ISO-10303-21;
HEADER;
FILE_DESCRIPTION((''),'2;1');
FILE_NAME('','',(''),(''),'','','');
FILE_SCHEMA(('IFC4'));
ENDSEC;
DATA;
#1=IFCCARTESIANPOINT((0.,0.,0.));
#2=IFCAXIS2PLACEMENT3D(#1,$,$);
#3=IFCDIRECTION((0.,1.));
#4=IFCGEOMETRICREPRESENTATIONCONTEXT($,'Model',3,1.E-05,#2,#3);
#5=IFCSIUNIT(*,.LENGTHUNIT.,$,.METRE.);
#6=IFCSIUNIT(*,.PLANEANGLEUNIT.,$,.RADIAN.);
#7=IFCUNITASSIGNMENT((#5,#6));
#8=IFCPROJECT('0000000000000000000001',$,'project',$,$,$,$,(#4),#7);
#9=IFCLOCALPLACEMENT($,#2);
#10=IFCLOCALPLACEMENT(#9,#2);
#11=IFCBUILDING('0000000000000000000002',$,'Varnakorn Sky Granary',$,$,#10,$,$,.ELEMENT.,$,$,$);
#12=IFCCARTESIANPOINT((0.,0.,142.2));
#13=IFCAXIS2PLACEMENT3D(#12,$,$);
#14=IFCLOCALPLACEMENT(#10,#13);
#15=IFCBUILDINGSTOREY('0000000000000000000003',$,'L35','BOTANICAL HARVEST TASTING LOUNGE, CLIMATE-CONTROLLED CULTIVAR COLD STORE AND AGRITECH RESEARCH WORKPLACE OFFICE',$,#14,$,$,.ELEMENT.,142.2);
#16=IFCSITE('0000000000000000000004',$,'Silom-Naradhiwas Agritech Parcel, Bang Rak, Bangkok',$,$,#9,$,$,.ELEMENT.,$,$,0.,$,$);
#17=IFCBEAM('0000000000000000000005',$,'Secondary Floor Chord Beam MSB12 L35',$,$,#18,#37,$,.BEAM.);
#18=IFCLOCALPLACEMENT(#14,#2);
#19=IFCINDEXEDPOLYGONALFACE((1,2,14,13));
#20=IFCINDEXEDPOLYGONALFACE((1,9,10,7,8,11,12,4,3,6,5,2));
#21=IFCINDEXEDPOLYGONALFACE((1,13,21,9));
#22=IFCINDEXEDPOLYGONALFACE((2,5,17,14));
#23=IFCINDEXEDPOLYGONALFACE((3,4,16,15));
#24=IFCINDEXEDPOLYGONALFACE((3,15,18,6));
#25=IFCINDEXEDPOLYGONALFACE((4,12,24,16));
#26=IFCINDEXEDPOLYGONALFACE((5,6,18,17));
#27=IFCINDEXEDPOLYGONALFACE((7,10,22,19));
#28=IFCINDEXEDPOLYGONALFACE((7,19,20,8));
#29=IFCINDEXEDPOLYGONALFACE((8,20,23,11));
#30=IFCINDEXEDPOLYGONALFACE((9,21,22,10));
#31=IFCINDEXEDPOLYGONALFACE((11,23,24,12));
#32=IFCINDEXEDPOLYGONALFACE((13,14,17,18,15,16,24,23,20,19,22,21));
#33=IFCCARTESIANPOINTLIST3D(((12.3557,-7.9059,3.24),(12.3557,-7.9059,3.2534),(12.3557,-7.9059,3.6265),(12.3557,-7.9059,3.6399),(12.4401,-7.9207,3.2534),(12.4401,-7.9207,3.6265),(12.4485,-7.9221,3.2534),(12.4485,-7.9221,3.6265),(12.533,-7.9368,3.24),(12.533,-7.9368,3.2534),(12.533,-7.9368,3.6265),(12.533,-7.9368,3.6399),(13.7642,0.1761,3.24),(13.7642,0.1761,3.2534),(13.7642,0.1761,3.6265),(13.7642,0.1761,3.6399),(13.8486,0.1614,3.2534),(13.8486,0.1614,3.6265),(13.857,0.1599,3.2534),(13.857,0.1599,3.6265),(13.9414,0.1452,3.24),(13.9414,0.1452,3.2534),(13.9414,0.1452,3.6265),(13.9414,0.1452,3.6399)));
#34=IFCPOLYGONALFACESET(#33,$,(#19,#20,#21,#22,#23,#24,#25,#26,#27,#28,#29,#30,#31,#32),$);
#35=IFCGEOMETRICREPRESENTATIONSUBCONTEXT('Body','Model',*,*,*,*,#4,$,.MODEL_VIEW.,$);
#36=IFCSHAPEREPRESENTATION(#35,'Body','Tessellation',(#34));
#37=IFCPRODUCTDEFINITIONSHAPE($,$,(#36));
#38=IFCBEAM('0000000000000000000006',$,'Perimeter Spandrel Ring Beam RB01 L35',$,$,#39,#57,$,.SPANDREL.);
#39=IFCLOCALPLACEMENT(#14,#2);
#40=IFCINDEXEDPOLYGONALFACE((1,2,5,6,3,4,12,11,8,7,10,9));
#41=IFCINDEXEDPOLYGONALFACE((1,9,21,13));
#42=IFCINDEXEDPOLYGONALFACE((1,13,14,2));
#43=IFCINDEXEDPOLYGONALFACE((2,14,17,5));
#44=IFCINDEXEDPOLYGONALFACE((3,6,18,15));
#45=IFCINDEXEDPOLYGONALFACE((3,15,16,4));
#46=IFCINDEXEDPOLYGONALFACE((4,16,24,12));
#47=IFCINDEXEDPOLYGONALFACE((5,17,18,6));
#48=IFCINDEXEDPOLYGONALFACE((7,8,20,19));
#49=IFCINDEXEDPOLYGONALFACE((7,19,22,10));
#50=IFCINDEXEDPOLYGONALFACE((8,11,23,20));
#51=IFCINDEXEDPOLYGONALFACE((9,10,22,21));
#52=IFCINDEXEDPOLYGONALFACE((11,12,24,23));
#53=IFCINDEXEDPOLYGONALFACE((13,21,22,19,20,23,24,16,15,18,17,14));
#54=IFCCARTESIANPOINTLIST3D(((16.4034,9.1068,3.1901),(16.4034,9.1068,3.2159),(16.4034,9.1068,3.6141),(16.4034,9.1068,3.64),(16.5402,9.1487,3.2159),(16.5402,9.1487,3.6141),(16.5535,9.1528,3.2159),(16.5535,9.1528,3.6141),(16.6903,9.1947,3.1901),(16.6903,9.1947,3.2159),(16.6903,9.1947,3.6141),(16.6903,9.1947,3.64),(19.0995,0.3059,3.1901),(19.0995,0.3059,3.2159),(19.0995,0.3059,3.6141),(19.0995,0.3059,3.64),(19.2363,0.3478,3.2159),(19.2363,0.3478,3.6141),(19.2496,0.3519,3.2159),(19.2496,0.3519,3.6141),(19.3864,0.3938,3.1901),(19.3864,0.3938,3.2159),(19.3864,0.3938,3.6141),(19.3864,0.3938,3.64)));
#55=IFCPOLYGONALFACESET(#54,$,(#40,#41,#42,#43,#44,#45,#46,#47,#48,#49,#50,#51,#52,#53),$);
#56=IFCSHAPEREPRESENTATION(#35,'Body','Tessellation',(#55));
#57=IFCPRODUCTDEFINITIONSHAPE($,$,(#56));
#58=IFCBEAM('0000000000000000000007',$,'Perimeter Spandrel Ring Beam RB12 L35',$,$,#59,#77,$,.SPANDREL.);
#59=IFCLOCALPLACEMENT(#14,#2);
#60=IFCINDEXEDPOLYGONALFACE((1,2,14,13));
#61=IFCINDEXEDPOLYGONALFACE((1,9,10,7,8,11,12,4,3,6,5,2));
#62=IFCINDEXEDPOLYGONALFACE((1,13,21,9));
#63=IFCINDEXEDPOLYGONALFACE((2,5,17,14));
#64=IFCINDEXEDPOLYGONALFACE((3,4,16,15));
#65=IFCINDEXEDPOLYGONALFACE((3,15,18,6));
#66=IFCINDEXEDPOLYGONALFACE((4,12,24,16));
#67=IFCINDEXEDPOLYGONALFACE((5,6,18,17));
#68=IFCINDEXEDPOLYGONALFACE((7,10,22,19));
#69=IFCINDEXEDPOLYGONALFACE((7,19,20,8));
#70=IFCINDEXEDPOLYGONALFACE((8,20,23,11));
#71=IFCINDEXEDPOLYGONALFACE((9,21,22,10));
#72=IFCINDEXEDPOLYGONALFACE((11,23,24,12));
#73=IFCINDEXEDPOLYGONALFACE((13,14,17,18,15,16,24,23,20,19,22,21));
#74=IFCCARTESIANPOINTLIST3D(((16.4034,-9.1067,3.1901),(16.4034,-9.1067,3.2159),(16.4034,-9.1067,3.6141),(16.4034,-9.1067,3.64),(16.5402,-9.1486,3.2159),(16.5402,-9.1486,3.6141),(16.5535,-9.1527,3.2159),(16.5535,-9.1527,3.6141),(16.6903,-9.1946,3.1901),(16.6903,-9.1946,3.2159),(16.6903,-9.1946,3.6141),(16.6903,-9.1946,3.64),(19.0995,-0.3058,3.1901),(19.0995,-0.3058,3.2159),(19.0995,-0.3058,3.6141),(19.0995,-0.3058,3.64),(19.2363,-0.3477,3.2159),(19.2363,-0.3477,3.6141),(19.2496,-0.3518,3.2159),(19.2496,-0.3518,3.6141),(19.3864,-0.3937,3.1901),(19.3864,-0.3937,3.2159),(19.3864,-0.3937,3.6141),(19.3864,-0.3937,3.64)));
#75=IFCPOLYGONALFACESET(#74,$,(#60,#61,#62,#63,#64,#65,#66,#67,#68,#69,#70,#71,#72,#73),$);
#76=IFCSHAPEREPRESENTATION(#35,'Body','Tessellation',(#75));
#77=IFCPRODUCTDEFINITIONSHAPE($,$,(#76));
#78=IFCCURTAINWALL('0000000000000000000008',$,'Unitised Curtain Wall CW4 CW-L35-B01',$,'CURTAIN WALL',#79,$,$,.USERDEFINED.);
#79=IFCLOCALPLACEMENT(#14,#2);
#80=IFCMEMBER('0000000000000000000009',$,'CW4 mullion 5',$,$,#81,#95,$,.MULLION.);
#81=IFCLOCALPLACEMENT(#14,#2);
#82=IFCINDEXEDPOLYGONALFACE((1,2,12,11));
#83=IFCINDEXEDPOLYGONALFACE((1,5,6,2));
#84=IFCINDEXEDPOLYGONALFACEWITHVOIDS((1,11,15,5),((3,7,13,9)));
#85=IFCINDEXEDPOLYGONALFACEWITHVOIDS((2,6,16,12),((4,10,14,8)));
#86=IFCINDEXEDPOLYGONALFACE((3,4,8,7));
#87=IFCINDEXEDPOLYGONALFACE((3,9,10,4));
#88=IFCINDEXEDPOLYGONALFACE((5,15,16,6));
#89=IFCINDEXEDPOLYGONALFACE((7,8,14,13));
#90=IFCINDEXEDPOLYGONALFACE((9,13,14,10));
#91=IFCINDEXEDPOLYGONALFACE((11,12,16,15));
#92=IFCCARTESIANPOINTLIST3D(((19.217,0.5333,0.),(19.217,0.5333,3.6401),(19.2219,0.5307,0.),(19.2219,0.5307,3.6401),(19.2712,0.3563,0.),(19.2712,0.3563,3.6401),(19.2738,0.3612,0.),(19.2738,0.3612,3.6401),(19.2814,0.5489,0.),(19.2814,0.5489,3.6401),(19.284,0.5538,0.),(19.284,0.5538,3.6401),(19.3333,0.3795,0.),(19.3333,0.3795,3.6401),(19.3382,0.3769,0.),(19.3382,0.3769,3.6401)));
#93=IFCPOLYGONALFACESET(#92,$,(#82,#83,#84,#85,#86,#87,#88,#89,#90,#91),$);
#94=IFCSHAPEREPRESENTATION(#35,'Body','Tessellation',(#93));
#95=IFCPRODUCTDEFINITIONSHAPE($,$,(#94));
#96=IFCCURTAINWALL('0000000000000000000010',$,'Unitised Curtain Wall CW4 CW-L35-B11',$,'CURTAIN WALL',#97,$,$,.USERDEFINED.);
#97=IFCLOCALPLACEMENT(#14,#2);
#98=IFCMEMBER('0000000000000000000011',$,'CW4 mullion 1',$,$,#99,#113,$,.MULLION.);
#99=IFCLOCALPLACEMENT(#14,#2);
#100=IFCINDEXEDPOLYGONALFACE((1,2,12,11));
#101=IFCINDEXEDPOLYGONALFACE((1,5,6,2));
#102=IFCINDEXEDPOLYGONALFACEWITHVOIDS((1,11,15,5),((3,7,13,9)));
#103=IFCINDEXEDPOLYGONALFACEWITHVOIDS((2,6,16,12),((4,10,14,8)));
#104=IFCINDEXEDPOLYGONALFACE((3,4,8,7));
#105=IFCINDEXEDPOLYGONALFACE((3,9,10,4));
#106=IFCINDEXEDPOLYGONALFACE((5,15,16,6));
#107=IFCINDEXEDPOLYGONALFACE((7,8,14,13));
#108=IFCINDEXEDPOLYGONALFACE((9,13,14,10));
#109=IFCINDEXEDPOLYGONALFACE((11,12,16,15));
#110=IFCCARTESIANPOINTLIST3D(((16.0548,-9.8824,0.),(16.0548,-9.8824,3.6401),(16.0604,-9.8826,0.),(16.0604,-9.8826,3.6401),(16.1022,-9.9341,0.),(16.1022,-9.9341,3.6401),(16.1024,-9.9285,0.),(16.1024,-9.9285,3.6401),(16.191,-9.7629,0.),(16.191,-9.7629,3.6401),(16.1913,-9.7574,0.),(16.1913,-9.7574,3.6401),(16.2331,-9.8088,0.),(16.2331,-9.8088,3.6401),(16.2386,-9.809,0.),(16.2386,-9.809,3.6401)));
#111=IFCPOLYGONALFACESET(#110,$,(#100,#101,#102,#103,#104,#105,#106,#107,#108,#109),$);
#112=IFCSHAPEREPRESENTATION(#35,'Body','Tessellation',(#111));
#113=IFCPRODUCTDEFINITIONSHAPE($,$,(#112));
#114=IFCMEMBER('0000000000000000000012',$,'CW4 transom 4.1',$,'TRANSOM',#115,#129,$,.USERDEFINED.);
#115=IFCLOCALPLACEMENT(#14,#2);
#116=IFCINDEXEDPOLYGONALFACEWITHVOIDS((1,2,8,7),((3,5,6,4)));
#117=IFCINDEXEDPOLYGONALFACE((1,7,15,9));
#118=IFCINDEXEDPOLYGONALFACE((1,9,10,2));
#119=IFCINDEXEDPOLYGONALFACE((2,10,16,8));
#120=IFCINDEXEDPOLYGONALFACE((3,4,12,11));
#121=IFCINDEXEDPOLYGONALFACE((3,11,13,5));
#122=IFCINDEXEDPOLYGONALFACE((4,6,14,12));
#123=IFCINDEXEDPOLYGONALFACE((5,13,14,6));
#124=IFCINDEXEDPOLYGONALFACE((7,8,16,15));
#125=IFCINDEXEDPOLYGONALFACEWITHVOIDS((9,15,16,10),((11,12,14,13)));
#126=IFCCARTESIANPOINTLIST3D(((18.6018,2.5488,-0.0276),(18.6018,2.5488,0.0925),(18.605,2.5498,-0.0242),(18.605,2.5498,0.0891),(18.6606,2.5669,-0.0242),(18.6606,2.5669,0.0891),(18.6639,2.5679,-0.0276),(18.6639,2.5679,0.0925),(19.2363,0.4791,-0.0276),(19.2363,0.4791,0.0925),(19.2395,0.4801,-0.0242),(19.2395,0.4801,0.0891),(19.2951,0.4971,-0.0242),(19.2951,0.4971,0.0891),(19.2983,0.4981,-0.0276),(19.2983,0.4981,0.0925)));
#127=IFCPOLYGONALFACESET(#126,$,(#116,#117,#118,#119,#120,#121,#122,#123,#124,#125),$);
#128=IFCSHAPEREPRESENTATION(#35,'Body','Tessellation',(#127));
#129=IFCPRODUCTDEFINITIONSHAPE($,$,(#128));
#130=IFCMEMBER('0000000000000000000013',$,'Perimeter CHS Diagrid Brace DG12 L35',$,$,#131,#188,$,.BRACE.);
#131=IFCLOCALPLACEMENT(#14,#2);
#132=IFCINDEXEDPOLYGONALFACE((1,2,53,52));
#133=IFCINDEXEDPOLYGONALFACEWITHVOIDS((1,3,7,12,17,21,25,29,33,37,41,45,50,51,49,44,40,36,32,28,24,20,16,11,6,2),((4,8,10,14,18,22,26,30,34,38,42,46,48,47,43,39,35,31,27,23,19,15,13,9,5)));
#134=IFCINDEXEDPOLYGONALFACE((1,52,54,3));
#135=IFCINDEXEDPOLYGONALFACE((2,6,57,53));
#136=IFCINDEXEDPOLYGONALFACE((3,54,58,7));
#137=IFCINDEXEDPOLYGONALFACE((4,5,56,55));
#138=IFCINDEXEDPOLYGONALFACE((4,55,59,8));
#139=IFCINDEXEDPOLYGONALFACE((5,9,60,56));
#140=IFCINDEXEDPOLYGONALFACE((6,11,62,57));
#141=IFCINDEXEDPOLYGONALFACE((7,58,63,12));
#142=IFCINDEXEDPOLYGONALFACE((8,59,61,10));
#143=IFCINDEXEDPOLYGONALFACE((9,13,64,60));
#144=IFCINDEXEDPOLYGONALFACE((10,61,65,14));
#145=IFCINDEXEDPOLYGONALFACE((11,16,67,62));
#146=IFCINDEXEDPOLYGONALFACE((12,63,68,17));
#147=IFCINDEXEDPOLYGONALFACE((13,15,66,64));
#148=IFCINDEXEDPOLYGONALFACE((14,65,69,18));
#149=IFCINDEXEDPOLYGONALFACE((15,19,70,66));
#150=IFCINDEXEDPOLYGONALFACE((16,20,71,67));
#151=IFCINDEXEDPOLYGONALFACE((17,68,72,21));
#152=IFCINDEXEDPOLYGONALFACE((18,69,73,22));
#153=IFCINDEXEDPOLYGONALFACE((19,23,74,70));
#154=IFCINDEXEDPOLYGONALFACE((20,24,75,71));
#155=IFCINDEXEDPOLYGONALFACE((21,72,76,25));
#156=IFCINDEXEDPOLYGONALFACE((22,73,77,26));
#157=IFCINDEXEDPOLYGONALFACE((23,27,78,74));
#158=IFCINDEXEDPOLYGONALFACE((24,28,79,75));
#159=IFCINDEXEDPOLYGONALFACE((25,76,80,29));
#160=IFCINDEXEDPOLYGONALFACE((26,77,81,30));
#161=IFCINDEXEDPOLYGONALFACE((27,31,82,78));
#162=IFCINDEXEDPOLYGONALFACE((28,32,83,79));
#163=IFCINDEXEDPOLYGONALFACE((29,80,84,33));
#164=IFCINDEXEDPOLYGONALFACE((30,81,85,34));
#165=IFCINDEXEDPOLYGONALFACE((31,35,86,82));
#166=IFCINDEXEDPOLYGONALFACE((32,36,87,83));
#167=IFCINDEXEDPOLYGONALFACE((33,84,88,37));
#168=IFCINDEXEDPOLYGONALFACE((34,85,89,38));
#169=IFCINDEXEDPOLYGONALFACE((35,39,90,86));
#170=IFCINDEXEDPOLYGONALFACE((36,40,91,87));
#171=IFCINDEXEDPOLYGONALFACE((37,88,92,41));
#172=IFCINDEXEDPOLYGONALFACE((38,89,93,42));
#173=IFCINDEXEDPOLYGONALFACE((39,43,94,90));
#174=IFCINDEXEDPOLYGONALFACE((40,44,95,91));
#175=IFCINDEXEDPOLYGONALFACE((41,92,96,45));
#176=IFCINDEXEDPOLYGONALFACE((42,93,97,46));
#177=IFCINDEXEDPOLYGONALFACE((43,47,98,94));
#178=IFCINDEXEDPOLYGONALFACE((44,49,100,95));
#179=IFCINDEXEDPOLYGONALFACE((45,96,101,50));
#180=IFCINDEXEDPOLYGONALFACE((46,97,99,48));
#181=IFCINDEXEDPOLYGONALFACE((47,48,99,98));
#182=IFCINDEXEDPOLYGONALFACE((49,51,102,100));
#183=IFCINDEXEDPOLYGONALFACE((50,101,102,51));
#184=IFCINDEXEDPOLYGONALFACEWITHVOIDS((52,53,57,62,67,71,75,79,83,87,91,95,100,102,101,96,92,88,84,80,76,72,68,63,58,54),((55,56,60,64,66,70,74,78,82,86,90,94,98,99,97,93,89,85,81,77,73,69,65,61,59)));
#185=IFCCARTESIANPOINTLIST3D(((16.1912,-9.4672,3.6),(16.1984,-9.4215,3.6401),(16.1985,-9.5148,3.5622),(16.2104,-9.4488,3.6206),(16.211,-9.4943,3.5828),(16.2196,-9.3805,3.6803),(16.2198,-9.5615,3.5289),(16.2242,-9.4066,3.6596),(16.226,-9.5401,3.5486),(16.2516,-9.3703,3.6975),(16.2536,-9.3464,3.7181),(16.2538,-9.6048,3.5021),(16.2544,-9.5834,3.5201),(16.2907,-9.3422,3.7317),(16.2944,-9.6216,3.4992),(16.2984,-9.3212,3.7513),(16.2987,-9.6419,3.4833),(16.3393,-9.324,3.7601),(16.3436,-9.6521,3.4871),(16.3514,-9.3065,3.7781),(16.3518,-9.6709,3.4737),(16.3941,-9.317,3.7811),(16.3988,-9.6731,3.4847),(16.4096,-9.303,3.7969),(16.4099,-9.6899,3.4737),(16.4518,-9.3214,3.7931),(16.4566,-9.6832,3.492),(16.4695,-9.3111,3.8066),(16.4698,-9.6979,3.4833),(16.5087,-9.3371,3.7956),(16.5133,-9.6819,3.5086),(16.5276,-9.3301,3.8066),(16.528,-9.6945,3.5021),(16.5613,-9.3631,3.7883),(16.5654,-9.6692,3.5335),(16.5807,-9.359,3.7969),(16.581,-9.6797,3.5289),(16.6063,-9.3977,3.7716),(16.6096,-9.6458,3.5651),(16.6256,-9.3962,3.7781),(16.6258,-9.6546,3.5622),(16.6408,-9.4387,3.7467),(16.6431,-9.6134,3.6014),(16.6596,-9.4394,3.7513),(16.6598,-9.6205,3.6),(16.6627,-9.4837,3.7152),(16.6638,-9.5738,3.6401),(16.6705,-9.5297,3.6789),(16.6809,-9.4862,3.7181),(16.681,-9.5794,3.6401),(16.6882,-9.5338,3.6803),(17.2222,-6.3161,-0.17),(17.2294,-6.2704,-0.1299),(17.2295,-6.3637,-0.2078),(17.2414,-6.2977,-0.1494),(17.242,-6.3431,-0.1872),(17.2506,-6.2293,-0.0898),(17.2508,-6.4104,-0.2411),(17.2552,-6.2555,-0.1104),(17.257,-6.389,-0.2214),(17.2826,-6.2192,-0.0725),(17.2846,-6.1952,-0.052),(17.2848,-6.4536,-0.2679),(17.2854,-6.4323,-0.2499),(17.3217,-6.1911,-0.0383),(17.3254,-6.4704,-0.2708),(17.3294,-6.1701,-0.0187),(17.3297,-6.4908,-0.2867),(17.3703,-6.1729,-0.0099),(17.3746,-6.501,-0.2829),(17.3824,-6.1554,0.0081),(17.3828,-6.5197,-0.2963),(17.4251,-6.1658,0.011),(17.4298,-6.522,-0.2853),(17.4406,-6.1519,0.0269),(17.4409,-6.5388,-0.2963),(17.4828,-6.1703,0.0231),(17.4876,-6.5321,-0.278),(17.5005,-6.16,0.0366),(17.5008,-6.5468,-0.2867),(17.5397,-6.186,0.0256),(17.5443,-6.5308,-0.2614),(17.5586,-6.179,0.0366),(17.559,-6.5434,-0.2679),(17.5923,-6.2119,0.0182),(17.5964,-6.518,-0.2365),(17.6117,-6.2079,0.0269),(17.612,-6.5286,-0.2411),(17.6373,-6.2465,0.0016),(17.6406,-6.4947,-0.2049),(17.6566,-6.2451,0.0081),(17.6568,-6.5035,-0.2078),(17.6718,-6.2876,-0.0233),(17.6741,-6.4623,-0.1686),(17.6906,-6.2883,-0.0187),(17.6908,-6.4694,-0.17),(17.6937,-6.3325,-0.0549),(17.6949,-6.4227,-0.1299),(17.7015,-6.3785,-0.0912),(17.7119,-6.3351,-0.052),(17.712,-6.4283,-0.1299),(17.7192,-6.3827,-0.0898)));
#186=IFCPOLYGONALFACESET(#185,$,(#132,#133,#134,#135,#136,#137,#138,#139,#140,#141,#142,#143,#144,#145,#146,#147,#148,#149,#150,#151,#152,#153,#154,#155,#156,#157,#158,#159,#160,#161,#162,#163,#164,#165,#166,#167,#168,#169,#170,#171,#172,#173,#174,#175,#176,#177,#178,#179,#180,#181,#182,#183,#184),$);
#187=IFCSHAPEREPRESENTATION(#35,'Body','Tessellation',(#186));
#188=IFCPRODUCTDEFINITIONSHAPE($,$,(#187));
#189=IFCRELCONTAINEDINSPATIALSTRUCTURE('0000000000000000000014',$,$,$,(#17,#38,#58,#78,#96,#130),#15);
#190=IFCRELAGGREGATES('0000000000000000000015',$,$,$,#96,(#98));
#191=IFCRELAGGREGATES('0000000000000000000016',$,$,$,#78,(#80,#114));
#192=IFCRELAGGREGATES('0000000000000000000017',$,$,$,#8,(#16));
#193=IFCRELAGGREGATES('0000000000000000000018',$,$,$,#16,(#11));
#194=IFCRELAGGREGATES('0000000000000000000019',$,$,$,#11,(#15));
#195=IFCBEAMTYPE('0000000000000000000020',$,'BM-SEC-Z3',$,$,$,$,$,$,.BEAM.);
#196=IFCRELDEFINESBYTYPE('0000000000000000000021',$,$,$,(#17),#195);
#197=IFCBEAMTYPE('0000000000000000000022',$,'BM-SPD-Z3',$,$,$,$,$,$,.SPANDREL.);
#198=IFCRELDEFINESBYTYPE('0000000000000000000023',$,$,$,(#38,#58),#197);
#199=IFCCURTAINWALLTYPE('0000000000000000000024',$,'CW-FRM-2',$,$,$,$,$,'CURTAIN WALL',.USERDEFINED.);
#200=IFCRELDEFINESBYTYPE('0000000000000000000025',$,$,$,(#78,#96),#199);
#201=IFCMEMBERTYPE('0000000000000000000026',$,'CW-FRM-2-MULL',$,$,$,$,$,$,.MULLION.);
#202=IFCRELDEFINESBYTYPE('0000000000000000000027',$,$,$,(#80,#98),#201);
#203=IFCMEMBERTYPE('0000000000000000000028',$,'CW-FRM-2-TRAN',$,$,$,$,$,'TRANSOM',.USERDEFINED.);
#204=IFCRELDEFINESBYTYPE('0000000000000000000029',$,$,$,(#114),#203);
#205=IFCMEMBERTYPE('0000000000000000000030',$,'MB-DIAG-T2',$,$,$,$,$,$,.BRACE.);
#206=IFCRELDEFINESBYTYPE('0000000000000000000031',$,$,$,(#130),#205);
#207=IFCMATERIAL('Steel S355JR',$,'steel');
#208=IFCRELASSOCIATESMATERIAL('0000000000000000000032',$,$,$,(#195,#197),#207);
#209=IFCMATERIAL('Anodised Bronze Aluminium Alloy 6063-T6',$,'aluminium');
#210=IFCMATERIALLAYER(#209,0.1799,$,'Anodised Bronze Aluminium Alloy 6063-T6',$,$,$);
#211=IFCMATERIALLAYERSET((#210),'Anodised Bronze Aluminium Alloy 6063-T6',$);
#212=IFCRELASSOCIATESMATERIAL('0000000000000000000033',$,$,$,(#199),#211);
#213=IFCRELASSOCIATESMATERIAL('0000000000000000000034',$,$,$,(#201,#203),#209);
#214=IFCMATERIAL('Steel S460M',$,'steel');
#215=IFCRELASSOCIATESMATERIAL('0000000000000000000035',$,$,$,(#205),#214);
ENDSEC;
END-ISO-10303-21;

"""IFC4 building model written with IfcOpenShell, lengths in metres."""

from ifc_helpers import new_model, si_unit, direction, frame, origin, origin_2d, place, context, subcontext, project, spatial, hollow_rectangle, hollow_circle, i_section, extrude, material, layer, layer_set, material_profile, profile_set, type_object, element, aggregate, save


model = new_model("IFC4")

# Units and contexts
model_context = context("Model", 3, precision=1e-05, world=origin(), true_north=direction((0.0, 1.0)))
body_context = subcontext(model_context, "Body", "Model", "MODEL_VIEW")
ifc_project = project(units=[si_unit("LENGTHUNIT", "METRE"), si_unit("PLANEANGLEUNIT", "RADIAN")], contexts=[model_context])

# Site, building, storey
site_placement = place(None, origin())
site = spatial("IfcSite", under=ifc_project, at=site_placement, Name="Silom-Naradhiwas Agritech Parcel, Bang Rak, Bangkok", CompositionType="ELEMENT", RefElevation=0.0)
building_placement = place(site_placement, origin())
building = spatial("IfcBuilding", under=site, at=building_placement, Name="Varnakorn Sky Granary", CompositionType="ELEMENT")
storey_placement = place(building_placement, frame((0.0, 0.0, 142.2)))
storey = spatial("IfcBuildingStorey", under=building, at=storey_placement, Name="L35", Description="BOTANICAL HARVEST TASTING LOUNGE, CLIMATE-CONTROLLED CULTIVAR COLD STORE AND AGRITECH RESEARCH WORKPLACE OFFICE", CompositionType="ELEMENT", Elevation=142.2)

# Shared definitions
ifc_material_1 = material(Name="Steel S460M", Category="steel")

# Beams
ifc_material_2 = material(Name="Steel S355JR", Category="steel")
ifc_material_profile_1 = material_profile(ifc_material_2, i_section(OverallWidth=0.1799, OverallDepth=0.3999, WebThickness=0.0085, FlangeThickness=0.0134, at=origin_2d()), Name="IPE 400")
ifc_profile_set_1 = profile_set([ifc_material_profile_1], Name="Steel S355JR")
beam_type_1 = type_object("IfcBeamType", Name="BM-SEC-Z3", PredefinedType="BEAM", material=ifc_profile_set_1)
beam_1_placement = place(storey_placement, frame((12.4443, -7.9214, 3.4399), z_axis=(0.171682, 0.985153, 0.0), x_axis=(-0.985153, 0.171682, 0.0)))
element("IfcBeam", 1, at=beam_1_placement, inside=storey, type_object=beam_type_1, Name="Secondary Floor Chord Beam MSB12 L35", PredefinedType="BEAM", context=body_context, shape_type="SweptSolid", body=[
    extrude(i_section(OverallWidth=0.1799, OverallDepth=0.3999, WebThickness=0.0085, FlangeThickness=0.0134, at=origin_2d()), origin(), (0.0, 0.0, 1.0), 8.2039),
])
ifc_material_profile_2 = material_profile(ifc_material_2, i_section(OverallWidth=0.3, OverallDepth=0.45, WebThickness=0.0139, FlangeThickness=0.0259, at=origin_2d()), Name="HE 450 B")
ifc_profile_set_2 = profile_set([ifc_material_profile_2], Name="Steel S355JR")
beam_type_2 = type_object("IfcBeamType", Name="BM-SPD-Z3", PredefinedType="SPANDREL", material=ifc_profile_set_2)
for number, where, z_axis, x_axis, name in (
    (2, (19.2429, 0.3499, 3.415), (-0.292906, 0.956141, 0.0), (-0.956141, -0.292906, 0.0), "Perimeter Spandrel Ring Beam RB01 L35"),
    (3, (16.5469, -9.1506, 3.415), (0.292906, 0.956141, 0.0), (-0.956141, 0.292906, 0.0), "Perimeter Spandrel Ring Beam RB12 L35"),
):
    element("IfcBeam", number, at=place(storey_placement, frame(where, z_axis=z_axis, x_axis=x_axis)), inside=storey, type_object=beam_type_2, Name=name, PredefinedType="SPANDREL", context=body_context, shape_type="SweptSolid", body=[
        extrude(i_section(OverallWidth=0.3, OverallDepth=0.45, WebThickness=0.0139, FlangeThickness=0.0259, at=origin_2d()), origin(), (0.0, 0.0, 1.0), 9.2046),
    ])

# Curtain walls, members
ifc_material_3 = material(Name="Anodised Bronze Aluminium Alloy 6063-T6", Category="aluminium")
ifc_layer_1 = layer(ifc_material_3, 0.1799, Name="Anodised Bronze Aluminium Alloy 6063-T6")
ifc_layer_set_1 = layer_set([ifc_layer_1], Name="Anodised Bronze Aluminium Alloy 6063-T6")
curtain_wall_type = type_object("IfcCurtainWallType", Name="CW-FRM-2", ElementType="CURTAIN WALL", PredefinedType="USERDEFINED", material=ifc_layer_set_1)
curtain_wall_1_placement = place(storey_placement, origin())
curtain_wall_1 = element("IfcCurtainWall", 4, at=curtain_wall_1_placement, inside=storey, type_object=curtain_wall_type, Name="Unitised Curtain Wall CW4 CW-L35-B01", ObjectType="CURTAIN WALL", PredefinedType="USERDEFINED")
ifc_material_profile_3 = material_profile(ifc_material_3, hollow_rectangle(XDim=0.0701, YDim=0.1851, WallThickness=0.0039, at=origin_2d()), Name="ALU MULL 70x185")
ifc_profile_set_3 = profile_set([ifc_material_profile_3], Name="Anodised Bronze Aluminium Alloy 6063-T6")
member_type_1 = type_object("IfcMemberType", Name="CW-FRM-2-MULL", PredefinedType="MULLION", material=ifc_profile_set_3)
member_1_placement = place(storey_placement, frame((19.2776, 0.4551, 0.0), z_axis=(0.0, 0.0, 1.0), x_axis=(0.956092, 0.293068, 0.0)))
member_1 = element("IfcMember", 5, at=member_1_placement, type_object=member_type_1, Name="CW4 mullion 5", PredefinedType="MULLION", context=body_context, shape_type="SweptSolid", body=[
    extrude(hollow_rectangle(XDim=0.0701, YDim=0.1851, WallThickness=0.0039, at=origin_2d()), origin(), (0.0, 0.0, 1.0), 3.6401),
])
curtain_wall_2_placement = place(storey_placement, origin())
curtain_wall_2 = element("IfcCurtainWall", 6, at=curtain_wall_2_placement, inside=storey, type_object=curtain_wall_type, Name="Unitised Curtain Wall CW4 CW-L35-B11", ObjectType="CURTAIN WALL", PredefinedType="USERDEFINED")
member_2_placement = place(storey_placement, frame((16.1467, -9.8457, 0.0), z_axis=(0.0, 0.0, 1.0), x_axis=(0.675685, -0.737191, 0.0)))
member_2 = element("IfcMember", 7, at=member_2_placement, type_object=member_type_1, Name="CW4 mullion 1", PredefinedType="MULLION", context=body_context, shape_type="SweptSolid", body=[
    extrude(hollow_rectangle(XDim=0.0701, YDim=0.1851, WallThickness=0.0039, at=origin_2d()), origin(), (0.0, 0.0, 1.0), 3.6401),
])
aggregate(curtain_wall_2, [member_2])

# Members
ifc_material_profile_4 = material_profile(ifc_material_3, hollow_rectangle(XDim=0.0649, YDim=0.1201, WallThickness=0.0034, at=origin_2d()), Name="ALU TRAN 65x120")
ifc_profile_set_4 = profile_set([ifc_material_profile_4], Name="Anodised Bronze Aluminium Alloy 6063-T6")
member_type_2 = type_object("IfcMemberType", Name="CW-FRM-2-TRAN", ElementType="TRANSOM", PredefinedType="USERDEFINED", material=ifc_profile_set_4)
member_3_placement = place(storey_placement, frame((18.6328, 2.5583, 0.0325), z_axis=(0.293095, -0.956083, 0.0), x_axis=(0.956083, 0.293095, 0.0)))
member_3 = element("IfcMember", 8, at=member_3_placement, type_object=member_type_2, Name="CW4 transom 4.1", ObjectType="TRANSOM", PredefinedType="USERDEFINED", context=body_context, shape_type="SweptSolid", body=[
    extrude(hollow_rectangle(XDim=0.0649, YDim=0.1201, WallThickness=0.0034, at=origin_2d()), origin(), (0.0, 0.0, 1.0), 2.1648),
])
ifc_material_profile_5 = material_profile(ifc_material_1, hollow_circle(Radius=0.2539, WallThickness=0.0181, at=origin_2d()), Name="CHS 508x18")
ifc_profile_set_5 = profile_set([ifc_material_profile_5], Name="Steel S460M")
member_type_3 = type_object("IfcMemberType", Name="MB-DIAG-T2", PredefinedType="BRACE", material=ifc_profile_set_5)
member_4_placement = place(storey_placement, frame((17.4707, -6.3494, -0.1299), z_axis=(-0.205358, -0.627649, 0.750922), x_axis=(0.950421, -0.310965, 0.0)))
element("IfcMember", 9, at=member_4_placement, inside=storey, type_object=member_type_3, Name="Perimeter CHS Diagrid Brace DG12 L35", PredefinedType="BRACE", context=body_context, shape_type="SweptSolid", body=[
    extrude(hollow_circle(Radius=0.2539, WallThickness=0.0181, at=origin_2d()), origin(), (0.0, 0.0, 1.0), 5.0205),
])

aggregate(curtain_wall_1, [member_1, member_3])

save(model, "model.ifc")
